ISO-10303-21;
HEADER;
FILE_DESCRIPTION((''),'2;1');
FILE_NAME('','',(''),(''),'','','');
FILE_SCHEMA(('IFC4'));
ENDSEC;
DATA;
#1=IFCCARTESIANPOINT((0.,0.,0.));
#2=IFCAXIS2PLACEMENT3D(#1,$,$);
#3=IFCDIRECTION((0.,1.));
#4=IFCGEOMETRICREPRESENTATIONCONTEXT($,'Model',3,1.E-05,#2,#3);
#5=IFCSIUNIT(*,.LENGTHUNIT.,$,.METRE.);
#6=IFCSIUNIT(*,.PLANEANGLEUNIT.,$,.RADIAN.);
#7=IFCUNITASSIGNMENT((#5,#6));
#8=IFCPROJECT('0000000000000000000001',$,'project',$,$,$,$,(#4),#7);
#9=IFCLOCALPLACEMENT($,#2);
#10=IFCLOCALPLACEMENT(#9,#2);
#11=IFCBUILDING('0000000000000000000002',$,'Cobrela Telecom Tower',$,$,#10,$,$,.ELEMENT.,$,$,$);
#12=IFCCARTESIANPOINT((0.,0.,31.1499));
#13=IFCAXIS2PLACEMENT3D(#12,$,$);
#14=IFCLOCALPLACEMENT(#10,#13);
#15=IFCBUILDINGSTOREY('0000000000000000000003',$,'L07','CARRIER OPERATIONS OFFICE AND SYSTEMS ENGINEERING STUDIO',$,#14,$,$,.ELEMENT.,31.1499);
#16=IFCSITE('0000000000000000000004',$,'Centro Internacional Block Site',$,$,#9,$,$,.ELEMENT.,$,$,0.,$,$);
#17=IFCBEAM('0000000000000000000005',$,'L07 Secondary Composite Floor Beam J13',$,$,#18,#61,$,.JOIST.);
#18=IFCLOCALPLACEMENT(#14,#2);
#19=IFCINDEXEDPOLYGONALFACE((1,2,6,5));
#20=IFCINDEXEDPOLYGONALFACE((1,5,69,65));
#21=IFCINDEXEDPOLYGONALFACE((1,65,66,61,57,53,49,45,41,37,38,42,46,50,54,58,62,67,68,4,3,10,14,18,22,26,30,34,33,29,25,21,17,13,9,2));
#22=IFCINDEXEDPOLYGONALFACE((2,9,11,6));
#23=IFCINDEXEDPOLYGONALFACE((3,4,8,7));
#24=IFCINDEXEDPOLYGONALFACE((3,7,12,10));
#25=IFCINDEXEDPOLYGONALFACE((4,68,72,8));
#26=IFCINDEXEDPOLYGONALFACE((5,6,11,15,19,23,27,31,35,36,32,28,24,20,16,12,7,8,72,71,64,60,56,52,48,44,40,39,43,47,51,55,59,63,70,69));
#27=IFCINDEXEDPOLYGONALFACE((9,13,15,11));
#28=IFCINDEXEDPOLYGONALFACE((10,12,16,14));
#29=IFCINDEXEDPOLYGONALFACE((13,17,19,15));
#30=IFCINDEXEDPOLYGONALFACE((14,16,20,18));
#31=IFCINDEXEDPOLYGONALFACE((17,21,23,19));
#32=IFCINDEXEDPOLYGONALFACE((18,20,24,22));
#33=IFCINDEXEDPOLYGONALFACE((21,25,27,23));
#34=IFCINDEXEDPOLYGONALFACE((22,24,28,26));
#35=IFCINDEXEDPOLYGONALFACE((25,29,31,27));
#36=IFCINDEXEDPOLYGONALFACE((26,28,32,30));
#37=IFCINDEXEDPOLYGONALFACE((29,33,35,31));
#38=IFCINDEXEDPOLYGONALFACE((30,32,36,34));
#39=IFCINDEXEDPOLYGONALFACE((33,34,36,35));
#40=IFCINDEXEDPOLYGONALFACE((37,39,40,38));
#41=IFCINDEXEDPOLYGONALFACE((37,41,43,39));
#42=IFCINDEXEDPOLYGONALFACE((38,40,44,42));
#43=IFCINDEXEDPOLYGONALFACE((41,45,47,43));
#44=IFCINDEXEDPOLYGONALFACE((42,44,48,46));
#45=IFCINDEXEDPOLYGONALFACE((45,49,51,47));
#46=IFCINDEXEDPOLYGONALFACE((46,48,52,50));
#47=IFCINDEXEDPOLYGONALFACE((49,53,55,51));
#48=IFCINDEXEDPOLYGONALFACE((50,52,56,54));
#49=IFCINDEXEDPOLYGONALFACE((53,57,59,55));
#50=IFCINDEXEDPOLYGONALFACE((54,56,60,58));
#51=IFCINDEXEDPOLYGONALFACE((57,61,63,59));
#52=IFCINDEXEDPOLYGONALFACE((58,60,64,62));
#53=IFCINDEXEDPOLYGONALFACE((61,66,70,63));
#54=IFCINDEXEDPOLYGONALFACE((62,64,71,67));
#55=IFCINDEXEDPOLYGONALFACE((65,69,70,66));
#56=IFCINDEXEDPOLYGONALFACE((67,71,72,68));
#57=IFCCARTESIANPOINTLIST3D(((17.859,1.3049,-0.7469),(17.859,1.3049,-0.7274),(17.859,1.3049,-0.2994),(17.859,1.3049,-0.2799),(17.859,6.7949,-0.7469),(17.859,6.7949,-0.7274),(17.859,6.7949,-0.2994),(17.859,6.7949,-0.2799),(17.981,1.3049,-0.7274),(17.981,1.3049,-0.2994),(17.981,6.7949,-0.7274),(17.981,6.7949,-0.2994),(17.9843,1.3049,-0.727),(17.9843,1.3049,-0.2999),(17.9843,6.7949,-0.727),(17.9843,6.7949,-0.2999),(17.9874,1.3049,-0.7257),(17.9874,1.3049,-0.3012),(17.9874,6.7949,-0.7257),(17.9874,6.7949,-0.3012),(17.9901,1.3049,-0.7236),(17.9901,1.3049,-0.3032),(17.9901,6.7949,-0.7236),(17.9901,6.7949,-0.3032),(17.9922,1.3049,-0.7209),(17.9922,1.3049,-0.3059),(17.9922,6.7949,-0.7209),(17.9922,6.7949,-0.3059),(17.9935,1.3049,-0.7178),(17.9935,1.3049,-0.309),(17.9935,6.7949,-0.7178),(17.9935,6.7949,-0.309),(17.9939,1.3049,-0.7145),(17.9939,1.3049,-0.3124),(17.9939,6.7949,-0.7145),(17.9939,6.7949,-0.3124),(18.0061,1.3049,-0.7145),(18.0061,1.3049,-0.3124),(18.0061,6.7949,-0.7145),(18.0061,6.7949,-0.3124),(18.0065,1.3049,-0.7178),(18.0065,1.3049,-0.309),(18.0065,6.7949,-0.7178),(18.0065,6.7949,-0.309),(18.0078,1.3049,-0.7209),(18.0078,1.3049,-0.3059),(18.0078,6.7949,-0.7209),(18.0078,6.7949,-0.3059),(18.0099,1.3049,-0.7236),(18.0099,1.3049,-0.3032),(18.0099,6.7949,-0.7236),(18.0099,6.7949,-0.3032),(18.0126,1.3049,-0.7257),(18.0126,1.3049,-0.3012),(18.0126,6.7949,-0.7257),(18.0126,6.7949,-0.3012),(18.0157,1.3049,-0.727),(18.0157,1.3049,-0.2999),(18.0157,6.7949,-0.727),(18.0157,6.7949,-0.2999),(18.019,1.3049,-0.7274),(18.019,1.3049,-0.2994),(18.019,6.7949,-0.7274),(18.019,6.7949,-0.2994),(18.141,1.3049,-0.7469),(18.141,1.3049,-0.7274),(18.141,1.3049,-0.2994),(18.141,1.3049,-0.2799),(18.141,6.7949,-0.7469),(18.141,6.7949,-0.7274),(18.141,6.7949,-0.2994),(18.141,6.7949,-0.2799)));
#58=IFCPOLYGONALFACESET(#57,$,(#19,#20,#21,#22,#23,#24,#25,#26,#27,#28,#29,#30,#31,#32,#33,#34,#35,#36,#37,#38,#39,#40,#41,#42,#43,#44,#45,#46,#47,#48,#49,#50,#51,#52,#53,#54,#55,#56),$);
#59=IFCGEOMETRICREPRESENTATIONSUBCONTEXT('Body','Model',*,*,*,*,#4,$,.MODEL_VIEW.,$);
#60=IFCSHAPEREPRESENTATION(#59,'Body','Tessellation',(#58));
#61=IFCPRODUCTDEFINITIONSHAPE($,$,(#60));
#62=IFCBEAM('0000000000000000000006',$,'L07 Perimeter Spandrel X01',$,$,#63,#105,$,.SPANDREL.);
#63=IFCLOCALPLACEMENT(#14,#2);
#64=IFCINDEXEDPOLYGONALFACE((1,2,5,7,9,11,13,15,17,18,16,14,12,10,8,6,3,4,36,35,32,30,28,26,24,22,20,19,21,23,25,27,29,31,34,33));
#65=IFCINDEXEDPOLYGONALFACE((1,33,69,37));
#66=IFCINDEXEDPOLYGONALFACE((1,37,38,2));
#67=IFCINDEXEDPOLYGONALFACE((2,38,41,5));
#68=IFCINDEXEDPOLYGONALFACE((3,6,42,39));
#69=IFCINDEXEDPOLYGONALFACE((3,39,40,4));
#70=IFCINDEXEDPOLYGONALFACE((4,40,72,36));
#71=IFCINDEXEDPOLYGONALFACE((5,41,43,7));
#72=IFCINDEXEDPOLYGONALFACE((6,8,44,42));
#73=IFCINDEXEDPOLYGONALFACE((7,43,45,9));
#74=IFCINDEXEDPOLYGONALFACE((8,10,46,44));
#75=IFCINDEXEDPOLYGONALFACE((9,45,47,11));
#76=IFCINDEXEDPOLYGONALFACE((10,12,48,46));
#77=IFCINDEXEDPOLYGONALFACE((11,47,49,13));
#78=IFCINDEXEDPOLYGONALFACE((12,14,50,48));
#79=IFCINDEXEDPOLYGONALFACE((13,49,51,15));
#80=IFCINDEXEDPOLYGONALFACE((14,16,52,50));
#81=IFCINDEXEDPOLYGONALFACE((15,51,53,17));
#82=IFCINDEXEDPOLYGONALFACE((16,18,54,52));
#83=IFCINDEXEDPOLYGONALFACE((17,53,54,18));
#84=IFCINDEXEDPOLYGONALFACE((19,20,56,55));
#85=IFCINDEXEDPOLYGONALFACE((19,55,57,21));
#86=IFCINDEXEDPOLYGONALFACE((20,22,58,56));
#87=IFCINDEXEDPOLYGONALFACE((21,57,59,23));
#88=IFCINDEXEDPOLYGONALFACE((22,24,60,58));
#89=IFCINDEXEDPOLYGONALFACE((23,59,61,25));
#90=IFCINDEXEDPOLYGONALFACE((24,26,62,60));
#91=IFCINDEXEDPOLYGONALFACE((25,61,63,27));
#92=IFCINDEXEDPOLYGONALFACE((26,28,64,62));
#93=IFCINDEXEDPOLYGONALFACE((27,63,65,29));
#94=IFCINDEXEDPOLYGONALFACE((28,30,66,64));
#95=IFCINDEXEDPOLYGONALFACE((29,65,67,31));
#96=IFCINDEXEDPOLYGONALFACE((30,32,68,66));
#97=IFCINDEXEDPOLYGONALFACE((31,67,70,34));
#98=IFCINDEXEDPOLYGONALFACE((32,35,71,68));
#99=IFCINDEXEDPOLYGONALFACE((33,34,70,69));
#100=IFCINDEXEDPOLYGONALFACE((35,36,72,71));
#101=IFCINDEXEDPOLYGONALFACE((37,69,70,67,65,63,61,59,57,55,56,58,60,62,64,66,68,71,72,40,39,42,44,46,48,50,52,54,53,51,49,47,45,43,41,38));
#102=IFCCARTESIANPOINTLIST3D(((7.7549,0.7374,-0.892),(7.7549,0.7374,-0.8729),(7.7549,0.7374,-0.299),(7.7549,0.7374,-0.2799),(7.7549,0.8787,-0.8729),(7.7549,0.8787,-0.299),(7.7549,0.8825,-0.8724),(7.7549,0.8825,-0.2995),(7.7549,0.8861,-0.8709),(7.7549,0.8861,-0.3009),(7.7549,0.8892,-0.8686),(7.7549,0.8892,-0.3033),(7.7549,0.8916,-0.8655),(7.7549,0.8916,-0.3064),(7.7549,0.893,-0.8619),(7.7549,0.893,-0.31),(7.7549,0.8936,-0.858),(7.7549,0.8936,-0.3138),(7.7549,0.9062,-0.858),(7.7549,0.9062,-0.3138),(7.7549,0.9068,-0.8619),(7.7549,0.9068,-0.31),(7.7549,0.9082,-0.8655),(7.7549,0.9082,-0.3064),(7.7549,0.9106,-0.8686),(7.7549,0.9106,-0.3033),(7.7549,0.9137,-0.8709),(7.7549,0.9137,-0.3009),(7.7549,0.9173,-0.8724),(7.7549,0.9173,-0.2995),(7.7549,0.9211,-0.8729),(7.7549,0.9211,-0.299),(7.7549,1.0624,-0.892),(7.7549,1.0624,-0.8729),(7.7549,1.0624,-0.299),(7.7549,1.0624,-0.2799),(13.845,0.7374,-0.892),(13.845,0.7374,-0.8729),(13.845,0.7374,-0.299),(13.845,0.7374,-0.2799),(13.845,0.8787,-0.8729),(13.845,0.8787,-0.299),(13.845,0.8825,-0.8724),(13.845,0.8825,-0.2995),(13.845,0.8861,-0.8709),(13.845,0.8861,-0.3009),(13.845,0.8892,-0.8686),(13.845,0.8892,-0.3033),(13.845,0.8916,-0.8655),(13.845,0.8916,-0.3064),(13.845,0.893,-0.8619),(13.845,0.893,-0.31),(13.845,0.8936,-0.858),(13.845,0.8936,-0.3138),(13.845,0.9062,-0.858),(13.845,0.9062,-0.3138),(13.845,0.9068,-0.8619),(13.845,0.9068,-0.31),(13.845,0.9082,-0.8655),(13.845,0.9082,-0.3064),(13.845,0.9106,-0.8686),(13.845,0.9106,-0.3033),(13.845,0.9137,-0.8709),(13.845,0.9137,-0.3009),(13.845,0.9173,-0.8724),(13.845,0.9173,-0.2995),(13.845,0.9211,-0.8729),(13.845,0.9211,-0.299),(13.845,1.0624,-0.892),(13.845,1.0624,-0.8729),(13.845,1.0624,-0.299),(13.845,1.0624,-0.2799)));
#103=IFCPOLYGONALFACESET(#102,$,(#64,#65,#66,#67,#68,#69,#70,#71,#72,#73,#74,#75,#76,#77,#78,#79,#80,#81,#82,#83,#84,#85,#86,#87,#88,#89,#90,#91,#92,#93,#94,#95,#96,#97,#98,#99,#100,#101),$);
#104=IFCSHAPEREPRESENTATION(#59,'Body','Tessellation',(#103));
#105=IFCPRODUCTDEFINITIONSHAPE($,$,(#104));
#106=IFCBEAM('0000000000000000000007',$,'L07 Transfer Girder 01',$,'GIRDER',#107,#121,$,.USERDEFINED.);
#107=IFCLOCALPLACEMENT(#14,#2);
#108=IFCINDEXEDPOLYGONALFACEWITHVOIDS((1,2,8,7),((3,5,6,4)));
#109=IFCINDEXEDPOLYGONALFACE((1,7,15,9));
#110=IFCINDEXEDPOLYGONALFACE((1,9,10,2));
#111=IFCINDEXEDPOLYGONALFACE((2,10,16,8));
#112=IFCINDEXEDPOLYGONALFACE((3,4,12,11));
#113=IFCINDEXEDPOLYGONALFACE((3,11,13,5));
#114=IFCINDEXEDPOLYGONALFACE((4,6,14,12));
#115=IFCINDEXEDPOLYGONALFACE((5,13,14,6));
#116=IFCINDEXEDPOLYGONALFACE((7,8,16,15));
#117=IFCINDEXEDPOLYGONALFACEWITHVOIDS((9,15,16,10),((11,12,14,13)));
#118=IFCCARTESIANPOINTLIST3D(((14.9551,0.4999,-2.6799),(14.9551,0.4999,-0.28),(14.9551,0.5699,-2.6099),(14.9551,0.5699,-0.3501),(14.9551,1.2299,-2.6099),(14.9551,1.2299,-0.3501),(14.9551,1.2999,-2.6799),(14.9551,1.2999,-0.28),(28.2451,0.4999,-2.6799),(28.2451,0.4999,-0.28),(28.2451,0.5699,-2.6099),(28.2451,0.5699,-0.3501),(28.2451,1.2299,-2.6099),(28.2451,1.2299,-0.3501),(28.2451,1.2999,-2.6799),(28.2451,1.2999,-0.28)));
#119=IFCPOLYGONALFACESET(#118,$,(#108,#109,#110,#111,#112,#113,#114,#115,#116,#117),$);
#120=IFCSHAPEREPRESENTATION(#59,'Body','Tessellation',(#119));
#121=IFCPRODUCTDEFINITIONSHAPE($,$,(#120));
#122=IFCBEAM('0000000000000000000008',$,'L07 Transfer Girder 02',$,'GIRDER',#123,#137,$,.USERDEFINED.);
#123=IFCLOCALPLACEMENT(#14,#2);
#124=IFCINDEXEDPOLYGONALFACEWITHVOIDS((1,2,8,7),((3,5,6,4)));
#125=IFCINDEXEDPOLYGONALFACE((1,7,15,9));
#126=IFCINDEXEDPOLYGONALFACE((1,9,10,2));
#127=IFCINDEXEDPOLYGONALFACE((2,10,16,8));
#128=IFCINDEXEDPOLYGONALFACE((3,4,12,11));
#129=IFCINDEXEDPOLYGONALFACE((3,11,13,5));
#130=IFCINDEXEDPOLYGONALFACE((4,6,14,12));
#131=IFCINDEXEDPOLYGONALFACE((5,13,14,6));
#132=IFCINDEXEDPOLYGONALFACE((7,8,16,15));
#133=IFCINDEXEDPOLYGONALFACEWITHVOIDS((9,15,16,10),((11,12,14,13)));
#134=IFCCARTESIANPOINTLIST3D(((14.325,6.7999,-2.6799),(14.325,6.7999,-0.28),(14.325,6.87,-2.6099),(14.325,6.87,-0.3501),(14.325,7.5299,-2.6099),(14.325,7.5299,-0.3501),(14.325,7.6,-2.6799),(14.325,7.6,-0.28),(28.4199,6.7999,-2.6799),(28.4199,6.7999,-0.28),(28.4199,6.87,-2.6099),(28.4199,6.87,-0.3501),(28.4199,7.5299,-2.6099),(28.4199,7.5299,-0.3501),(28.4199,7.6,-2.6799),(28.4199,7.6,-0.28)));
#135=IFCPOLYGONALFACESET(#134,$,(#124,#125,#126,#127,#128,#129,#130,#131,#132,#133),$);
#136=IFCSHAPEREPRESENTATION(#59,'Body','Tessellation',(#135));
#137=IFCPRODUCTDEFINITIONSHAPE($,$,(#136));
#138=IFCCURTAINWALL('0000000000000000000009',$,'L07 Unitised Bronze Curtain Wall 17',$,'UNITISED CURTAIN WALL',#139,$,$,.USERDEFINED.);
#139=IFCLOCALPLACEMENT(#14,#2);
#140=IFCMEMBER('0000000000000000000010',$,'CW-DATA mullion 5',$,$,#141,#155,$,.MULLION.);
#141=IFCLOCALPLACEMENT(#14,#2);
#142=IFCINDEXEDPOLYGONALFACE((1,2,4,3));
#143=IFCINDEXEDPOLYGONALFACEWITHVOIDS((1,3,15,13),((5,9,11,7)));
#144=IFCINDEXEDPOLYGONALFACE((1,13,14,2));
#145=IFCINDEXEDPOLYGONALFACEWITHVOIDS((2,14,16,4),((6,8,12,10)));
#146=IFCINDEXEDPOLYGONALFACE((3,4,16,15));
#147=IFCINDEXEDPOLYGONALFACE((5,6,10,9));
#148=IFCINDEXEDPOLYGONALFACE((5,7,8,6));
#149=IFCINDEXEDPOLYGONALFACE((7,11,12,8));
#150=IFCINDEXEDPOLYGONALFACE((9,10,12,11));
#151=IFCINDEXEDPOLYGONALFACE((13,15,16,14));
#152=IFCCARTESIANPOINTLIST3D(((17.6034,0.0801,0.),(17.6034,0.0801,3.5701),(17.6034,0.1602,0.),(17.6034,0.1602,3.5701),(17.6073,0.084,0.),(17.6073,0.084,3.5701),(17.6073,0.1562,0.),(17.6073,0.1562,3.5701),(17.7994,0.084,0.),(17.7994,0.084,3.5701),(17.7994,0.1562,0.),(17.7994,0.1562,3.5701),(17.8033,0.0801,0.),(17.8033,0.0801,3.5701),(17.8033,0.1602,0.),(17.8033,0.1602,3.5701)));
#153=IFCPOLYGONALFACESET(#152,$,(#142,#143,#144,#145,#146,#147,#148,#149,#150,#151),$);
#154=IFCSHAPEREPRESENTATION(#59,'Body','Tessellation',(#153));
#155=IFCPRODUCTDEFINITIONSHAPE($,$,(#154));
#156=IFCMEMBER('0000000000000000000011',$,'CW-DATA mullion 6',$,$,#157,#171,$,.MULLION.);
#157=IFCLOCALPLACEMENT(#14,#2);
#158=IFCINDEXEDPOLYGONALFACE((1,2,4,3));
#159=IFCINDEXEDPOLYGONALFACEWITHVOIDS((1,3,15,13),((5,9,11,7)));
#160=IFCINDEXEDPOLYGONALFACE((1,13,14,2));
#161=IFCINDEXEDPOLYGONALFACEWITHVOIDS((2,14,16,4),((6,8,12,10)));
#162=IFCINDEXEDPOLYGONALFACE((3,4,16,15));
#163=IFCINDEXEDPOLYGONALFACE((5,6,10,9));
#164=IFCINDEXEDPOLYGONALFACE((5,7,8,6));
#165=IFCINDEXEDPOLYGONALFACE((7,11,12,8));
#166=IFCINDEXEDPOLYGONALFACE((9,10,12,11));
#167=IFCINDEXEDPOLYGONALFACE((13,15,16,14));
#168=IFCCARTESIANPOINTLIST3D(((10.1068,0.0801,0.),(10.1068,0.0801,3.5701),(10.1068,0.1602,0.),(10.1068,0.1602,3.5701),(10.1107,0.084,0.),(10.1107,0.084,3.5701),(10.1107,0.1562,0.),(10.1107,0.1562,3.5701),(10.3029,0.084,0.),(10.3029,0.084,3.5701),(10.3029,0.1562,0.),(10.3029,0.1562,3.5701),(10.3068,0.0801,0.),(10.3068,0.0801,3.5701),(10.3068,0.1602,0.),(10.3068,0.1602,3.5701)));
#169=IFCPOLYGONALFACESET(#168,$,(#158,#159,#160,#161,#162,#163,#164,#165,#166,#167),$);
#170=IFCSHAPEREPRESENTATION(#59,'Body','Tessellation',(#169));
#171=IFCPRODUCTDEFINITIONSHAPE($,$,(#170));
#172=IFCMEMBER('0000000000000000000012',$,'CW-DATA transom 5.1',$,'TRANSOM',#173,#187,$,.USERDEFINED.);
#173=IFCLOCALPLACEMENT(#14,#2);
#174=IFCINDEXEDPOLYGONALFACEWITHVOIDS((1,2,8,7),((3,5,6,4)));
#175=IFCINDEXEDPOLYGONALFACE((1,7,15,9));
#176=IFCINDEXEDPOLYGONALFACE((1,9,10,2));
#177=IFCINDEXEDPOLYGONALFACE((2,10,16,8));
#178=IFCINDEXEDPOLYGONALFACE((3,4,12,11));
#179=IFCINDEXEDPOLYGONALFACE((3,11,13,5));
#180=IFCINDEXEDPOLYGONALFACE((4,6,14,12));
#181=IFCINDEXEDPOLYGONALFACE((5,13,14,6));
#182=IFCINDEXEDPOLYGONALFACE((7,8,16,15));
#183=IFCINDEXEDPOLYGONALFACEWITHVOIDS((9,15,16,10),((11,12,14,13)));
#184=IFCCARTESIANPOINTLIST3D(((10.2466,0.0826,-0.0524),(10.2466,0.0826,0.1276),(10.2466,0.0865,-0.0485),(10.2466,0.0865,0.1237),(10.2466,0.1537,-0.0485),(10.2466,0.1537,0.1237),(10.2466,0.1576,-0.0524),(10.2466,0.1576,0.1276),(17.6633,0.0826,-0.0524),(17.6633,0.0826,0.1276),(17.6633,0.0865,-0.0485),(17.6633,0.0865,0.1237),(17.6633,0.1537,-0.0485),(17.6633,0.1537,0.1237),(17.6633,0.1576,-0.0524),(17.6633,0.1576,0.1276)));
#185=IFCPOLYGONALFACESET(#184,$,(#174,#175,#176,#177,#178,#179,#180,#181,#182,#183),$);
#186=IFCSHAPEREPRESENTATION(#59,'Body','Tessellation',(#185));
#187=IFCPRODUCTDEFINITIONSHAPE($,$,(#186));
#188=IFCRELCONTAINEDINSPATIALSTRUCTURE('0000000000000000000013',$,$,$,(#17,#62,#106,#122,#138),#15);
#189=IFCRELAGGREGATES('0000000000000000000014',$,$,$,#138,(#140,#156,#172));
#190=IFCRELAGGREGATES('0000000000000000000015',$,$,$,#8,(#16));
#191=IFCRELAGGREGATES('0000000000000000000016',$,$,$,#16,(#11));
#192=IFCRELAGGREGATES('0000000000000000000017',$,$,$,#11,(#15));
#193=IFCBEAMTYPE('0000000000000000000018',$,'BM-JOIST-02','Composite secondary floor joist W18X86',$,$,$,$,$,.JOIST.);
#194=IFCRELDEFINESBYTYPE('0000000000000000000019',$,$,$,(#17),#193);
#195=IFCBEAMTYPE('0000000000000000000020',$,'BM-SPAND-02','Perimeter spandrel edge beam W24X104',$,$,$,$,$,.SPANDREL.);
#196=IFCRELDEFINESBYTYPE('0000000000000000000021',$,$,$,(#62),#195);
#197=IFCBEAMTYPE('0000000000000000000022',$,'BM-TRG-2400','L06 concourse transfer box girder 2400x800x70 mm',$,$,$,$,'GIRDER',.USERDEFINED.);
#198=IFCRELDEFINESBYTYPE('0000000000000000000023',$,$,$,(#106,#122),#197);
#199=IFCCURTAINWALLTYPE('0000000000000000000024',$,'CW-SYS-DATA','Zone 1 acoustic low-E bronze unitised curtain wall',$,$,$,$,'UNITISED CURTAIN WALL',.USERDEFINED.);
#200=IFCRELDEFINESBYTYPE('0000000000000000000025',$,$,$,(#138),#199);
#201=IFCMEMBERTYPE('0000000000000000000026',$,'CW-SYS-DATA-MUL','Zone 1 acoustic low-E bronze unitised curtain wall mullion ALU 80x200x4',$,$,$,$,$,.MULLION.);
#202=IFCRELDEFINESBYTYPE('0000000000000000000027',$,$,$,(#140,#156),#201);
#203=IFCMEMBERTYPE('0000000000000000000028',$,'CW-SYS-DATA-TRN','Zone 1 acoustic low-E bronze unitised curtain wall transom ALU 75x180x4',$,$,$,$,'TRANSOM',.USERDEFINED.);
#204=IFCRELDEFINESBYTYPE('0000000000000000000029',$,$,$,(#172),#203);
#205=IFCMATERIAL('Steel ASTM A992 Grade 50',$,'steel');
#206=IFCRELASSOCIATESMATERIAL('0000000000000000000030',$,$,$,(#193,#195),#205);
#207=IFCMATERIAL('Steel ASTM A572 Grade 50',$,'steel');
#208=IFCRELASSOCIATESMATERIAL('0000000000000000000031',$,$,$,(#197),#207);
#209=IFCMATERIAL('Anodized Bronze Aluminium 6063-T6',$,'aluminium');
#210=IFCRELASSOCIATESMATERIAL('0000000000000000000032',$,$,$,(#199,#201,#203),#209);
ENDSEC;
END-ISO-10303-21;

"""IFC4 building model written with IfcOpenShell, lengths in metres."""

from ifc_helpers import new_model, si_unit, direction, frame, origin, origin_2d, place, context, subcontext, project, spatial, hollow_rectangle, i_section, extrude, material, material_profile, profile_set, type_object, element, aggregate, save


model = new_model("IFC4")

# Units and contexts
model_context = context("Model", 3, precision=1e-05, world=origin(), true_north=direction((0.0, 1.0)))
body_context = subcontext(model_context, "Body", "Model", "MODEL_VIEW")
ifc_project = project(units=[si_unit("LENGTHUNIT", "METRE"), si_unit("PLANEANGLEUNIT", "RADIAN")], contexts=[model_context])

# Site, building, storey
site_placement = place(None, origin())
site = spatial("IfcSite", under=ifc_project, at=site_placement, Name="Centro Internacional Block Site", CompositionType="ELEMENT", RefElevation=0.0)
building_placement = place(site_placement, origin())
building = spatial("IfcBuilding", under=site, at=building_placement, Name="Cobrela Telecom Tower", CompositionType="ELEMENT")
storey_placement = place(building_placement, frame((0.0, 0.0, 31.1499)))
storey = spatial("IfcBuildingStorey", under=building, at=storey_placement, Name="L07", Description="CARRIER OPERATIONS OFFICE AND SYSTEMS ENGINEERING STUDIO", CompositionType="ELEMENT", Elevation=31.1499)

# Shared definitions
ifc_material_1 = material(Name="Steel ASTM A572 Grade 50", Category="steel")

# Beams
ifc_material_2 = material(Name="Steel ASTM A992 Grade 50", Category="steel")
ifc_material_profile_1 = material_profile(ifc_material_2, i_section(OverallWidth=0.282, OverallDepth=0.467, WebThickness=0.0122, FlangeThickness=0.0195, FilletRadius=0.0129, at=origin_2d()), Name="W18X86")
ifc_profile_set_1 = profile_set([ifc_material_profile_1], Name="Steel ASTM A992 Grade 50")
beam_type_1 = type_object("IfcBeamType", Name="BM-JOIST-02", Description="Composite secondary floor joist W18X86", PredefinedType="JOIST", material=ifc_profile_set_1)
for number, where, z_axis, x_axis, name in (
    (1, (18.0, 1.3049, -0.5134), (0.0, 1.0, 0.0), (-1.0, 0.0, 0.0), "L07 Secondary Composite Floor Beam J13"),
):
    element("IfcBeam", number, at=place(storey_placement, frame(where, z_axis=z_axis, x_axis=x_axis)), inside=storey, type_object=beam_type_1, Name=name, PredefinedType="JOIST", context=body_context, shape_type="SweptSolid", body=[
        extrude(i_section(OverallWidth=0.282, OverallDepth=0.467, WebThickness=0.0122, FlangeThickness=0.0195, FilletRadius=0.0129, at=origin_2d()), origin(), (0.0, 0.0, 1.0), 5.49),
    ])
ifc_material_profile_2 = material_profile(ifc_material_2, i_section(OverallWidth=0.325, OverallDepth=0.6121, WebThickness=0.0127, FlangeThickness=0.019, FilletRadius=0.0149, at=origin_2d()), Name="W24X104")
ifc_profile_set_2 = profile_set([ifc_material_profile_2], Name="Steel ASTM A992 Grade 50")
beam_type_2 = type_object("IfcBeamType", Name="BM-SPAND-02", Description="Perimeter spandrel edge beam W24X104", PredefinedType="SPANDREL", material=ifc_profile_set_2)
beam_1_placement = place(storey_placement, frame((7.7549, 0.8999, -0.5859), z_axis=(1.0, 0.0, 0.0), x_axis=(0.0, 1.0, 0.0)))
element("IfcBeam", 2, at=beam_1_placement, inside=storey, type_object=beam_type_2, Name="L07 Perimeter Spandrel X01", PredefinedType="SPANDREL", context=body_context, shape_type="SweptSolid", body=[
    extrude(i_section(OverallWidth=0.325, OverallDepth=0.6121, WebThickness=0.0127, FlangeThickness=0.019, FilletRadius=0.0149, at=origin_2d()), origin(), (0.0, 0.0, 1.0), 6.0901),
])
ifc_material_profile_3 = material_profile(ifc_material_1, hollow_rectangle(XDim=0.8, YDim=2.3999, WallThickness=0.0701, at=origin_2d()), Name="BOX 2400x800x70")
ifc_profile_set_3 = profile_set([ifc_material_profile_3], Name="Steel ASTM A572 Grade 50")
beam_type_3 = type_object("IfcBeamType", Name="BM-TRG-2400", Description="L06 concourse transfer box girder 2400x800x70 mm", ElementType="GIRDER", PredefinedType="USERDEFINED", material=ifc_profile_set_3)
beam_2_placement = place(storey_placement, frame((14.9551, 0.8999, -1.48), z_axis=(1.0, 0.0, 0.0), x_axis=(0.0, 1.0, 0.0)))
element("IfcBeam", 3, at=beam_2_placement, inside=storey, type_object=beam_type_3, Name="L07 Transfer Girder 01", ObjectType="GIRDER", PredefinedType="USERDEFINED", context=body_context, shape_type="SweptSolid", body=[
    extrude(hollow_rectangle(XDim=0.8, YDim=2.3999, WallThickness=0.0701, at=origin_2d()), origin(), (0.0, 0.0, 1.0), 13.29),
])
beam_3_placement = place(storey_placement, frame((14.325, 7.2, -1.48), z_axis=(1.0, 0.0, 0.0), x_axis=(0.0, 1.0, 0.0)))
element("IfcBeam", 4, at=beam_3_placement, inside=storey, type_object=beam_type_3, Name="L07 Transfer Girder 02", ObjectType="GIRDER", PredefinedType="USERDEFINED", context=body_context, shape_type="SweptSolid", body=[
    extrude(hollow_rectangle(XDim=0.8, YDim=2.3999, WallThickness=0.0701, at=origin_2d()), origin(), (0.0, 0.0, 1.0), 14.095),
])

# Curtain wall, members
ifc_material_3 = material(Name="Anodized Bronze Aluminium 6063-T6", Category="aluminium")
curtain_wall_type = type_object("IfcCurtainWallType", Name="CW-SYS-DATA", Description="Zone 1 acoustic low-E bronze unitised curtain wall", ElementType="UNITISED CURTAIN WALL", PredefinedType="USERDEFINED", material=ifc_material_3)
curtain_wall_placement = place(storey_placement, origin())
curtain_wall = element("IfcCurtainWall", 5, at=curtain_wall_placement, inside=storey, type_object=curtain_wall_type, Name="L07 Unitised Bronze Curtain Wall 17", ObjectType="UNITISED CURTAIN WALL", PredefinedType="USERDEFINED")
ifc_material_profile_4 = material_profile(ifc_material_3, hollow_rectangle(XDim=0.0801, YDim=0.2, WallThickness=0.0039, at=origin_2d()), Name="ALU 80x200x4")
ifc_profile_set_4 = profile_set([ifc_material_profile_4], Name="Anodized Bronze Aluminium 6063-T6")
member_type_1 = type_object("IfcMemberType", Name="CW-SYS-DATA-MUL", Description="Zone 1 acoustic low-E bronze unitised curtain wall mullion ALU 80x200x4", PredefinedType="MULLION", material=ifc_profile_set_4)
member_1_placement = place(storey_placement, frame((17.7034, 0.1201, 0.0), z_axis=(0.0, 0.0, 1.0), x_axis=(0.0, -1.0, 0.0)))
member_1 = element("IfcMember", 6, at=member_1_placement, type_object=member_type_1, Name="CW-DATA mullion 5", PredefinedType="MULLION", context=body_context, shape_type="SweptSolid", body=[
    extrude(hollow_rectangle(XDim=0.0801, YDim=0.2, WallThickness=0.0039, at=origin_2d()), origin(), (0.0, 0.0, 1.0), 3.5701),
])
member_2_placement = place(storey_placement, frame((10.2068, 0.1201, 0.0), z_axis=(0.0, 0.0, 1.0), x_axis=(0.0, -1.0, 0.0)))
member_2 = element("IfcMember", 7, at=member_2_placement, type_object=member_type_1, Name="CW-DATA mullion 6", PredefinedType="MULLION", context=body_context, shape_type="SweptSolid", body=[
    extrude(hollow_rectangle(XDim=0.0801, YDim=0.2, WallThickness=0.0039, at=origin_2d()), origin(), (0.0, 0.0, 1.0), 3.5701),
])
ifc_material_profile_5 = material_profile(ifc_material_3, hollow_rectangle(XDim=0.075, YDim=0.1799, WallThickness=0.0039, at=origin_2d()), Name="ALU 75x180x4")
ifc_profile_set_5 = profile_set([ifc_material_profile_5], Name="Anodized Bronze Aluminium 6063-T6")
member_type_2 = type_object("IfcMemberType", Name="CW-SYS-DATA-TRN", Description="Zone 1 acoustic low-E bronze unitised curtain wall transom ALU 75x180x4", ElementType="TRANSOM", PredefinedType="USERDEFINED", material=ifc_profile_set_5)
member_3_placement = place(storey_placement, frame((17.6633, 0.1201, 0.0376), z_axis=(-1.0, 0.0, 0.0), x_axis=(0.0, -1.0, 0.0)))
member_3 = element("IfcMember", 8, at=member_3_placement, type_object=member_type_2, Name="CW-DATA transom 5.1", ObjectType="TRANSOM", PredefinedType="USERDEFINED", context=body_context, shape_type="SweptSolid", body=[
    extrude(hollow_rectangle(XDim=0.075, YDim=0.1799, WallThickness=0.0039, at=origin_2d()), origin(), (0.0, 0.0, 1.0), 7.4167),
])
aggregate(curtain_wall, [member_1, member_2, member_3])

save(model, "model.ifc")
